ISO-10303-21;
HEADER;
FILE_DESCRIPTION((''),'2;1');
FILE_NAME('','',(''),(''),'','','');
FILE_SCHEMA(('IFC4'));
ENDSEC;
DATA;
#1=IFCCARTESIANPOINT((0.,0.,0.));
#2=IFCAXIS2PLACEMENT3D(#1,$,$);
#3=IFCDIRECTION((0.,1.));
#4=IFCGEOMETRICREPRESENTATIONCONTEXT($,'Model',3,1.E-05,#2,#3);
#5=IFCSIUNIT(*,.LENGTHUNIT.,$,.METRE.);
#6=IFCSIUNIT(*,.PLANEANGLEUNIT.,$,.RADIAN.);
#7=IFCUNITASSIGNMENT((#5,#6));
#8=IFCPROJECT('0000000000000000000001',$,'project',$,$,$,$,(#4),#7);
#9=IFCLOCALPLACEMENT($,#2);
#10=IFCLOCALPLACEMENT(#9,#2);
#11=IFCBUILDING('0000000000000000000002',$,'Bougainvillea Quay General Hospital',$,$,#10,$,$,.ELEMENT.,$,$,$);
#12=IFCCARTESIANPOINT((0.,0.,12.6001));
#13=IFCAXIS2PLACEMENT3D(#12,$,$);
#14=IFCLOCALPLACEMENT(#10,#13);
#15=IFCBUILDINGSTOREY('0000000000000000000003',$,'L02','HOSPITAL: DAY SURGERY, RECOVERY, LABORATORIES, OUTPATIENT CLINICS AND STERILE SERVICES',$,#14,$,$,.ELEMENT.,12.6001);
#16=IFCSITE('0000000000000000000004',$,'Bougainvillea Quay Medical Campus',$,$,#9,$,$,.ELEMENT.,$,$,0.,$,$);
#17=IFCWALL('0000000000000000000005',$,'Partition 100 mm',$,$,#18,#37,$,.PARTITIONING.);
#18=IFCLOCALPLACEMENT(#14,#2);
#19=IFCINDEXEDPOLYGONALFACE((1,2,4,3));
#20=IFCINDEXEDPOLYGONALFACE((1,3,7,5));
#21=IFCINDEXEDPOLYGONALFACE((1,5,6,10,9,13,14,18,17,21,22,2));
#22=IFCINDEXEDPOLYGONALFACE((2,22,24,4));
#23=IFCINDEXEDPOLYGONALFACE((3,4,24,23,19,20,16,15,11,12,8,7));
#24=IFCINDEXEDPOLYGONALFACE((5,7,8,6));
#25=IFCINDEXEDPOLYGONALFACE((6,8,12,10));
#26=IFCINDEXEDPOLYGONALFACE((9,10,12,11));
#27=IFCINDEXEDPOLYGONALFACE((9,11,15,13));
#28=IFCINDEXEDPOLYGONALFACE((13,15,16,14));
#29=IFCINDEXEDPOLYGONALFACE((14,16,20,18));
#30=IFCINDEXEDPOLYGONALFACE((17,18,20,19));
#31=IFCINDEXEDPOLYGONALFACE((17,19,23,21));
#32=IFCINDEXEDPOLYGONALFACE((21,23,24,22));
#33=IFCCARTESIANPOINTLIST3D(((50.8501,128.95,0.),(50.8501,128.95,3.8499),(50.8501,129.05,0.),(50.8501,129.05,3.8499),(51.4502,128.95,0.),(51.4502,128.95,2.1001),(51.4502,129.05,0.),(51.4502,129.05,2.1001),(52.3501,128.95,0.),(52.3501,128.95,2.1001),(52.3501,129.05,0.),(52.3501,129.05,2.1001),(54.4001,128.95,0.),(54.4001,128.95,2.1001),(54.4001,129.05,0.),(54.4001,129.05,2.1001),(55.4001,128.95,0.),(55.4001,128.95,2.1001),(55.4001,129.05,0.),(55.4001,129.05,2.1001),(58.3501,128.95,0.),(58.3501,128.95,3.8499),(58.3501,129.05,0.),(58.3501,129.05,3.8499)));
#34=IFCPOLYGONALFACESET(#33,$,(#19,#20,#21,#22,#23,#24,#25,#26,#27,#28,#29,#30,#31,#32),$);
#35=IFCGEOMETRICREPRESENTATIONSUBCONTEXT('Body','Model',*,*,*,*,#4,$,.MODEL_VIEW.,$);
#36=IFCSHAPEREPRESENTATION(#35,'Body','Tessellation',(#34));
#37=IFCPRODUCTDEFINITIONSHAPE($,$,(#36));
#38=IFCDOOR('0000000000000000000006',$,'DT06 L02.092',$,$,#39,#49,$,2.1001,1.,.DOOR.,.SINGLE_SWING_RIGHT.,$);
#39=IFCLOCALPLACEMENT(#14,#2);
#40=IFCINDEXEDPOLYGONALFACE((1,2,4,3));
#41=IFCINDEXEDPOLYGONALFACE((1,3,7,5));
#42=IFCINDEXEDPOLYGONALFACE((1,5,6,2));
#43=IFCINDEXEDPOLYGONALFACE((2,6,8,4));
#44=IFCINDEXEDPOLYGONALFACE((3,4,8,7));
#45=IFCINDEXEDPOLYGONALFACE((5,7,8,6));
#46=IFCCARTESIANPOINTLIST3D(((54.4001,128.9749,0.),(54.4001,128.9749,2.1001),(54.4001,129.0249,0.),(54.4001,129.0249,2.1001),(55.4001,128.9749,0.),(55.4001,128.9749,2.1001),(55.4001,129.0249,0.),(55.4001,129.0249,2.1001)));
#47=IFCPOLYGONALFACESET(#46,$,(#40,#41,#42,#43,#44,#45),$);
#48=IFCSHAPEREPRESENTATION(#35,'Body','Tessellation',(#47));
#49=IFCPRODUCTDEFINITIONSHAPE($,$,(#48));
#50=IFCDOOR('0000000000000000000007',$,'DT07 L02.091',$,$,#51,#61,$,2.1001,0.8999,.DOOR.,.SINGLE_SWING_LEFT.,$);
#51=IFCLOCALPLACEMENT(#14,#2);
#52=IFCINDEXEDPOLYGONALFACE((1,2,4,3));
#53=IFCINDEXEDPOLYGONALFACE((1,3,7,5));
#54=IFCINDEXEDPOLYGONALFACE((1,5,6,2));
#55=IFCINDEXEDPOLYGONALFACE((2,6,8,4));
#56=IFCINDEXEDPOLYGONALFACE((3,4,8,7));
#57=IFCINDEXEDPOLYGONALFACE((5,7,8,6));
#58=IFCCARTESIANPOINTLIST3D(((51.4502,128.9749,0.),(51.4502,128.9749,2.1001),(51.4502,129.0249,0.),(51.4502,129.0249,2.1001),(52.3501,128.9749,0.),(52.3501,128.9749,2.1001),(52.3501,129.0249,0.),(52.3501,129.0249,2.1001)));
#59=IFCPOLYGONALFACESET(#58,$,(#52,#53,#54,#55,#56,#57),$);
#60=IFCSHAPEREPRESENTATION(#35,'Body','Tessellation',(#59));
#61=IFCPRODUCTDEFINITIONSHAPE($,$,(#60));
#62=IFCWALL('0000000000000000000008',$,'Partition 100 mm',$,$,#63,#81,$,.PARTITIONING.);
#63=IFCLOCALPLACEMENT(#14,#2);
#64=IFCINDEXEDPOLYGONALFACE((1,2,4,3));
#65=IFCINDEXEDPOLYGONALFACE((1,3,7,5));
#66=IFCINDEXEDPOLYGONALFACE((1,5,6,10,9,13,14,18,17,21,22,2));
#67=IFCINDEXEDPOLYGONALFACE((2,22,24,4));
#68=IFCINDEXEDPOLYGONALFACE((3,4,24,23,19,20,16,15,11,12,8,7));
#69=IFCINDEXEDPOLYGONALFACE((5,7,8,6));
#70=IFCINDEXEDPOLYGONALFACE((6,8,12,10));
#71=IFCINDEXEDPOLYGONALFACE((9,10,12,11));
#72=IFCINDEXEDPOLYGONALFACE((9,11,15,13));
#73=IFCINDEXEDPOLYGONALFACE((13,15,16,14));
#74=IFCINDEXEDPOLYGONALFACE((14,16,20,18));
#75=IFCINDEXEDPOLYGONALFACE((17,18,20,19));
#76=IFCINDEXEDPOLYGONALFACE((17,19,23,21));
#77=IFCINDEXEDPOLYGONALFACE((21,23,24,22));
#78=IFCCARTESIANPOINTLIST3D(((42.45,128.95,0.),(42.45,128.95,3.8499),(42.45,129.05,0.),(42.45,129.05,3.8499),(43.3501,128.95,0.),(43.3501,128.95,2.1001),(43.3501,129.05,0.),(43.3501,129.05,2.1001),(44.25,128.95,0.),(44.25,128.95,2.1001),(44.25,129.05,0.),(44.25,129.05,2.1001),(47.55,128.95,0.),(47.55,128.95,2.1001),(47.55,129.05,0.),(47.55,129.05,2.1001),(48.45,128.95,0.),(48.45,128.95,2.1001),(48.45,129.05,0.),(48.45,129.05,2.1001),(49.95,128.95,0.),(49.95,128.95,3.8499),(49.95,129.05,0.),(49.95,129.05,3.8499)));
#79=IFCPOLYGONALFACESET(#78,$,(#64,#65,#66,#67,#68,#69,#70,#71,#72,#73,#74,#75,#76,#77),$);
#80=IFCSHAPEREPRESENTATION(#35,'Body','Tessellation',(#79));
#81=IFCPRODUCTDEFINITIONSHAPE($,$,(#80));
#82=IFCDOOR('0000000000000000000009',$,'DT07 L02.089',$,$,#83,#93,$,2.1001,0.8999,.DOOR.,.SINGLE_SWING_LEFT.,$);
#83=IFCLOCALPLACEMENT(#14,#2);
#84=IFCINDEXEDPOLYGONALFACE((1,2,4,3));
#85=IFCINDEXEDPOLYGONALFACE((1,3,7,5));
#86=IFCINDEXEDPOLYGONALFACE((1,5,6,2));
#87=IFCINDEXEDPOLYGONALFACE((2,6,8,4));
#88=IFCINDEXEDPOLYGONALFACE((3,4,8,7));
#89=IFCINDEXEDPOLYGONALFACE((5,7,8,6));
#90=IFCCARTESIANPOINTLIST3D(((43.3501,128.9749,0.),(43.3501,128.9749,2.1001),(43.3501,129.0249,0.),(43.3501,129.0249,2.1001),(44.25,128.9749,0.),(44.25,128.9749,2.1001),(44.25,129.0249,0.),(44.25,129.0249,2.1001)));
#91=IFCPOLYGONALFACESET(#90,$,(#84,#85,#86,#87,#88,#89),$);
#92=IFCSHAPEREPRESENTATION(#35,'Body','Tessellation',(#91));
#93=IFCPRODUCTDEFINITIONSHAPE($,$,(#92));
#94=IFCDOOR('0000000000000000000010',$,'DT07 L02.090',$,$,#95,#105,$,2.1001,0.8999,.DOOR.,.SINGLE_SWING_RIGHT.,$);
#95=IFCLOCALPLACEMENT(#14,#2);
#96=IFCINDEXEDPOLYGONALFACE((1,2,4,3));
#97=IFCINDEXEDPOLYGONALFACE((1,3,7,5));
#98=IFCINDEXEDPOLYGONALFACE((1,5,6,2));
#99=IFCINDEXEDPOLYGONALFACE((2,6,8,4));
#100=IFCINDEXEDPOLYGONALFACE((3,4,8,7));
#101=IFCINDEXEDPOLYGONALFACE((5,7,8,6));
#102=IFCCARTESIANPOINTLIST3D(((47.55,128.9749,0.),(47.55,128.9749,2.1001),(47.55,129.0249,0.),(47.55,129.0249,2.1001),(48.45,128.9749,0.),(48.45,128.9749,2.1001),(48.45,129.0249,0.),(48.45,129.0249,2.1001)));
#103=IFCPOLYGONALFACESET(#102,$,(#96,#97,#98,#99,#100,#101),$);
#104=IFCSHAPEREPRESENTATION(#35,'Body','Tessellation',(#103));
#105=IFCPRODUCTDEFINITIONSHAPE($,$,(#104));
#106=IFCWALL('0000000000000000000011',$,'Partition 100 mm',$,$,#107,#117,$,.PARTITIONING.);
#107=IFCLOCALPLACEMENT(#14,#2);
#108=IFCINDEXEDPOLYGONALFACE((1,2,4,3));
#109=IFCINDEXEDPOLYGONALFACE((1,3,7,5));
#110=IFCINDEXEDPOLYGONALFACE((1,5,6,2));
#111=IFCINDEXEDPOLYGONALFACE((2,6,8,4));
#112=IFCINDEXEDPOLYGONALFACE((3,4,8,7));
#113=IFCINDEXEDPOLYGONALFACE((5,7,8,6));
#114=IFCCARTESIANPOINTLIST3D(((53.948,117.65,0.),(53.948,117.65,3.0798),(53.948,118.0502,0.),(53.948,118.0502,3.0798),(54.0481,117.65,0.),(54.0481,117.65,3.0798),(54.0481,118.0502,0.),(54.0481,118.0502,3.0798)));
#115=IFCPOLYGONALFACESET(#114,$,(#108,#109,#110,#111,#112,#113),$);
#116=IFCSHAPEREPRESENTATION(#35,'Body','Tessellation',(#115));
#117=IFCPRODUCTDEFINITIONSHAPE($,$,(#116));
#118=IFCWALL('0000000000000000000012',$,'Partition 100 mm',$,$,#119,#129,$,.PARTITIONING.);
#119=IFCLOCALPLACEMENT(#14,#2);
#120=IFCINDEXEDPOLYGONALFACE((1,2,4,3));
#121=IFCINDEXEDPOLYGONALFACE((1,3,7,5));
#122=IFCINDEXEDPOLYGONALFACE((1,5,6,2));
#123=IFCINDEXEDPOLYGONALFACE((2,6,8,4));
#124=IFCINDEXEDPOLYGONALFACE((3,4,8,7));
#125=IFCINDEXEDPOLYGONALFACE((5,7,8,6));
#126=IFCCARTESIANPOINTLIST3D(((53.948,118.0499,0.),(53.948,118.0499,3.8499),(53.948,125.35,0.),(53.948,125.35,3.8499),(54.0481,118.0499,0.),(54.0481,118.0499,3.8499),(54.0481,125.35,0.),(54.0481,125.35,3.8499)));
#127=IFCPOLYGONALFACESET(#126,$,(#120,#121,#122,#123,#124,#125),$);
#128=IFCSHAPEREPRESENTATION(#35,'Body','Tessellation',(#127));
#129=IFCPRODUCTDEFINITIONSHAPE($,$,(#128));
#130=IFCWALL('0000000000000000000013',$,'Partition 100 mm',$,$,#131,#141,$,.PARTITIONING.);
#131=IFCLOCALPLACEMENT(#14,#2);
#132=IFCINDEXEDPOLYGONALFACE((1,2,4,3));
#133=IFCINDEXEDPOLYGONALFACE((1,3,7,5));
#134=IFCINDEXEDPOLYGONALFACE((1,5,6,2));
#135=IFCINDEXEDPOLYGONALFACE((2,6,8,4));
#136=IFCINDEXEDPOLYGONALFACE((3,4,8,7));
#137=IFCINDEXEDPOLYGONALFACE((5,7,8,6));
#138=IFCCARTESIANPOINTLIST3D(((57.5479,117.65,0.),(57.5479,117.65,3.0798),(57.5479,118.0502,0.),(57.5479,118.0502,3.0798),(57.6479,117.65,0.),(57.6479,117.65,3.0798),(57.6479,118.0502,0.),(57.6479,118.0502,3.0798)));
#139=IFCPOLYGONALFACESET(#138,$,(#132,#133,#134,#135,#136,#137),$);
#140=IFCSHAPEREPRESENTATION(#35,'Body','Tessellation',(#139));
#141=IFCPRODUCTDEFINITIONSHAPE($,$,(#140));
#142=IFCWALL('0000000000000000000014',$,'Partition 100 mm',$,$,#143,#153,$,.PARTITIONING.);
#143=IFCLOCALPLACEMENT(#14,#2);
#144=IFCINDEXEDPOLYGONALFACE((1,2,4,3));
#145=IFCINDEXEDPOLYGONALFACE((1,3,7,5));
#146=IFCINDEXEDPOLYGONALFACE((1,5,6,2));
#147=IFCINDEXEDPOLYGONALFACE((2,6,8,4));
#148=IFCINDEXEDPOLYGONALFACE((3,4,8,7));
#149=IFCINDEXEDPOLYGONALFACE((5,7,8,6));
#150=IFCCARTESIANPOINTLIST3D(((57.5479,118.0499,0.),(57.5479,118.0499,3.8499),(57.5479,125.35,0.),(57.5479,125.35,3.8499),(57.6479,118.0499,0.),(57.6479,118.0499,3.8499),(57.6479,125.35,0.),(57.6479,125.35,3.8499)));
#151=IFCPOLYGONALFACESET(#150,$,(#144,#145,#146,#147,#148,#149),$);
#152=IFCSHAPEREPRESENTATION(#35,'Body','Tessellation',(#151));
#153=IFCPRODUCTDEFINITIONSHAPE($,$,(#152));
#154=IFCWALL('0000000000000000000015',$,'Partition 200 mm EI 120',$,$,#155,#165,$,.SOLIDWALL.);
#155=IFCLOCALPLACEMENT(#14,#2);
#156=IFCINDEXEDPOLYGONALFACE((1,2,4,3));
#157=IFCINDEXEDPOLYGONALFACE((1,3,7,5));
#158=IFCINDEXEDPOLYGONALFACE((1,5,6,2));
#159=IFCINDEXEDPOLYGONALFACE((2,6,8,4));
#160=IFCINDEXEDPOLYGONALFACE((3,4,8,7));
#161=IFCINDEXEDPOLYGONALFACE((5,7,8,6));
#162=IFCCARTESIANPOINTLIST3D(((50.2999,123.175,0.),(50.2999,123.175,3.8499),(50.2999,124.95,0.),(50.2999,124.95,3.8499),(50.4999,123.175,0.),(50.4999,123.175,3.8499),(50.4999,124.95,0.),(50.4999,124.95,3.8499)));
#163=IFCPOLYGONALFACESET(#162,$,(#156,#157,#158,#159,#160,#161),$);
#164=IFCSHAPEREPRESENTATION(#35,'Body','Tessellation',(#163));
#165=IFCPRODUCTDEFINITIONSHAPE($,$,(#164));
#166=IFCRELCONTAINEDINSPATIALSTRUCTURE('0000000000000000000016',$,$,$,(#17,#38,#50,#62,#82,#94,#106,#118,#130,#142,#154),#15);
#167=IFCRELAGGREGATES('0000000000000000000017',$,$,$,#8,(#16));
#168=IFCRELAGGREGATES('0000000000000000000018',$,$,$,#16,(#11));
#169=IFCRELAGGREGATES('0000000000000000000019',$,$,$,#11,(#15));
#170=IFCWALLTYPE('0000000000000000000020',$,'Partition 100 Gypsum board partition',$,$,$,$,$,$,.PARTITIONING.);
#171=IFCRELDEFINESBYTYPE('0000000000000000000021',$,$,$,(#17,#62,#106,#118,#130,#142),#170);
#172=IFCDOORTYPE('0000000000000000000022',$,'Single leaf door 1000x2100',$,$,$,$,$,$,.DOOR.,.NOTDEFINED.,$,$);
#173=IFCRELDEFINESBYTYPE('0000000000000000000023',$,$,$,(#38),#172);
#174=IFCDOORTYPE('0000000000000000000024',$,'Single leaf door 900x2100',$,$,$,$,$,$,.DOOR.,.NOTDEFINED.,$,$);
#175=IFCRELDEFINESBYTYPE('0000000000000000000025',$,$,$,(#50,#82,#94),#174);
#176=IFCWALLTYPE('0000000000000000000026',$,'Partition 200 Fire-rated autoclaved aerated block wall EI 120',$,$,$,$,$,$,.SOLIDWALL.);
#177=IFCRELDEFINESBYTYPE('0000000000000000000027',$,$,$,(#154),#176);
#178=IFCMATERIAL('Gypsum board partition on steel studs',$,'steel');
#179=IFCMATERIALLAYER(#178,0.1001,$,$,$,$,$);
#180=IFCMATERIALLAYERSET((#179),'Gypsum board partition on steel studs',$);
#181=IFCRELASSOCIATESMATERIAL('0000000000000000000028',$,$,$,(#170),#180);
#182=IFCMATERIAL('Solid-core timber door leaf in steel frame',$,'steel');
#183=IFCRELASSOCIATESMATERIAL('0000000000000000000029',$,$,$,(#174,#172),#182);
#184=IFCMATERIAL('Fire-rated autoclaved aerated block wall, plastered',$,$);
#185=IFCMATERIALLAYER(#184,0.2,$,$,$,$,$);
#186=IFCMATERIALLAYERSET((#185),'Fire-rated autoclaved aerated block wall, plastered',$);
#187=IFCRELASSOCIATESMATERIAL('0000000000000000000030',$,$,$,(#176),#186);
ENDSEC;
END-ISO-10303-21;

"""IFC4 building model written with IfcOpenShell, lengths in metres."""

from ifc_helpers import new_model, si_unit, direction, frame, frame_2d, origin, place, context, subcontext, project, spatial, rectangle, extrude, material, layer, layer_set, type_object, element, fill, save


model = new_model("IFC4")

# Units and contexts
model_context = context("Model", 3, precision=1e-05, world=origin(), true_north=direction((0.0, 1.0)))
body_context = subcontext(model_context, "Body", "Model", "MODEL_VIEW")
ifc_project = project(units=[si_unit("LENGTHUNIT", "METRE"), si_unit("PLANEANGLEUNIT", "RADIAN")], contexts=[model_context])

# Site, building, storey
site_placement = place(None, origin())
site = spatial("IfcSite", under=ifc_project, at=site_placement, Name="Bougainvillea Quay Medical Campus", CompositionType="ELEMENT", RefElevation=0.0)
building_placement = place(site_placement, origin())
building = spatial("IfcBuilding", under=site, at=building_placement, Name="Bougainvillea Quay General Hospital", CompositionType="ELEMENT")
storey_placement = place(building_placement, frame((0.0, 0.0, 12.6001)))
storey = spatial("IfcBuildingStorey", under=building, at=storey_placement, Name="L02", Description="HOSPITAL: DAY SURGERY, RECOVERY, LABORATORIES, OUTPATIENT CLINICS AND STERILE SERVICES", CompositionType="ELEMENT", Elevation=12.6001)

# Shared definitions
ifc_material_1 = material(Name="Gypsum board partition on steel studs", Category="steel")
ifc_layer_1 = layer(ifc_material_1, 0.1001)
ifc_layer_set_1 = layer_set([ifc_layer_1], Name="Gypsum board partition on steel studs")
wall_type_1 = type_object("IfcWallType", Name="Partition 100 Gypsum board partition", PredefinedType="PARTITIONING", material=ifc_layer_set_1)

# Walls, openings, doors
ifc_material_2 = material(Name="Solid-core timber door leaf in steel frame", Category="steel")
door_type_1 = type_object("IfcDoorType", Name="Single leaf door 900x2100", OperationType="NOTDEFINED", PredefinedType="DOOR", material=ifc_material_2)
wall_1_placement = place(storey_placement, frame((58.3501, 129.0, 0.0), z_axis=(0.0, 0.0, 1.0), x_axis=(-1.0, 0.0, 0.0)))
wall_1 = element("IfcWall", 1, at=wall_1_placement, inside=storey, type_object=wall_type_1, Name="Partition 100 mm", PredefinedType="PARTITIONING", context=body_context, shape_type="SweptSolid", body=[
    extrude(rectangle(XDim=7.5, YDim=0.1001, at=frame_2d((3.75, 0.0))), origin(), (0.0, 0.0, 1.0), 3.8499),
])
opening_1_placement = place(wall_1_placement, frame((6.0, 0.0, 0.0)))
opening_1 = element("IfcOpeningElement", 2, at=opening_1_placement, cuts=wall_1, PredefinedType="OPENING", context=body_context, shape_type="SweptSolid", body=[
    extrude(rectangle(XDim=0.8999, YDim=2.1001, at=frame_2d((0.45, 1.05))), frame((0.0, 0.0601, 0.0), z_axis=(0.0, -1.0, 0.0), x_axis=(1.0, 0.0, 0.0)), (0.0, 0.0, 1.0), 0.1201),
])
opening_2_placement = place(wall_1_placement, frame((2.95, 0.0, 0.0)))
opening_2 = element("IfcOpeningElement", 3, at=opening_2_placement, cuts=wall_1, PredefinedType="OPENING", context=body_context, shape_type="SweptSolid", body=[
    extrude(rectangle(XDim=1.0, YDim=2.1001, at=frame_2d((0.5, 1.05))), frame((0.0, 0.0601, 0.0), z_axis=(0.0, -1.0, 0.0), x_axis=(1.0, 0.0, 0.0)), (0.0, 0.0, 1.0), 0.1201),
])
door_type_2 = type_object("IfcDoorType", Name="Single leaf door 1000x2100", OperationType="NOTDEFINED", PredefinedType="DOOR", material=ifc_material_2)
door_1_placement = place(opening_2_placement, frame((1.0, 0.0, 0.0), z_axis=(0.0, 0.0, 1.0), x_axis=(-1.0, 0.0, 0.0)))
door_1 = element("IfcDoor", 4, at=door_1_placement, inside=storey, type_object=door_type_2, Name="DT06 L02.092", OperationType="SINGLE_SWING_RIGHT", OverallHeight=2.1001, OverallWidth=1.0, PredefinedType="DOOR", context=body_context, shape_type="SweptSolid", body=[
    extrude(rectangle(XDim=1.0, YDim=2.1001, at=frame_2d((0.5, 1.05))), frame((0.0, 0.0249, 0.0), z_axis=(0.0, -1.0, 0.0), x_axis=(1.0, 0.0, 0.0)), (0.0, 0.0, 1.0), 0.05),
])
fill(opening_2, door_1)
door_2_placement = place(opening_1_placement, frame((0.8999, 0.0, 0.0), z_axis=(0.0, 0.0, 1.0), x_axis=(-1.0, 0.0, 0.0)))
door_2 = element("IfcDoor", 5, at=door_2_placement, inside=storey, type_object=door_type_1, Name="DT07 L02.091", OperationType="SINGLE_SWING_LEFT", OverallHeight=2.1001, OverallWidth=0.8999, PredefinedType="DOOR", context=body_context, shape_type="SweptSolid", body=[
    extrude(rectangle(XDim=0.8999, YDim=2.1001, at=frame_2d((0.45, 1.05))), frame((0.0, 0.0249, 0.0), z_axis=(0.0, -1.0, 0.0), x_axis=(1.0, 0.0, 0.0)), (0.0, 0.0, 1.0), 0.05),
])
fill(opening_1, door_2)
wall_2_placement = place(storey_placement, frame((49.95, 129.0, 0.0), z_axis=(0.0, 0.0, 1.0), x_axis=(-1.0, 0.0, 0.0)))
wall_2 = element("IfcWall", 6, at=wall_2_placement, inside=storey, type_object=wall_type_1, Name="Partition 100 mm", PredefinedType="PARTITIONING", context=body_context, shape_type="SweptSolid", body=[
    extrude(rectangle(XDim=7.5, YDim=0.1001, at=frame_2d((3.75, 0.0))), origin(), (0.0, 0.0, 1.0), 3.8499),
])
opening_3_placement = place(wall_2_placement, frame((5.7, 0.0, 0.0)))
opening_3 = element("IfcOpeningElement", 7, at=opening_3_placement, cuts=wall_2, PredefinedType="OPENING", context=body_context, shape_type="SweptSolid", body=[
    extrude(rectangle(XDim=0.8999, YDim=2.1001, at=frame_2d((0.45, 1.05))), frame((0.0, 0.0601, 0.0), z_axis=(0.0, -1.0, 0.0), x_axis=(1.0, 0.0, 0.0)), (0.0, 0.0, 1.0), 0.1201),
])
opening_4_placement = place(wall_2_placement, frame((1.5, 0.0, 0.0)))
opening_4 = element("IfcOpeningElement", 8, at=opening_4_placement, cuts=wall_2, PredefinedType="OPENING", context=body_context, shape_type="SweptSolid", body=[
    extrude(rectangle(XDim=0.8999, YDim=2.1001, at=frame_2d((0.45, 1.05))), frame((0.0, 0.0601, 0.0), z_axis=(0.0, -1.0, 0.0), x_axis=(1.0, 0.0, 0.0)), (0.0, 0.0, 1.0), 0.1201),
])
door_3_placement = place(opening_3_placement, frame((0.8999, 0.0, 0.0), z_axis=(0.0, 0.0, 1.0), x_axis=(-1.0, 0.0, 0.0)))
door_3 = element("IfcDoor", 9, at=door_3_placement, inside=storey, type_object=door_type_1, Name="DT07 L02.089", OperationType="SINGLE_SWING_LEFT", OverallHeight=2.1001, OverallWidth=0.8999, PredefinedType="DOOR", context=body_context, shape_type="SweptSolid", body=[
    extrude(rectangle(XDim=0.8999, YDim=2.1001, at=frame_2d((0.45, 1.05))), frame((0.0, 0.0249, 0.0), z_axis=(0.0, -1.0, 0.0), x_axis=(1.0, 0.0, 0.0)), (0.0, 0.0, 1.0), 0.05),
])
fill(opening_3, door_3)
door_4_placement = place(opening_4_placement, frame((0.8999, 0.0, 0.0), z_axis=(0.0, 0.0, 1.0), x_axis=(-1.0, 0.0, 0.0)))
door_4 = element("IfcDoor", 10, at=door_4_placement, inside=storey, type_object=door_type_1, Name="DT07 L02.090", OperationType="SINGLE_SWING_RIGHT", OverallHeight=2.1001, OverallWidth=0.8999, PredefinedType="DOOR", context=body_context, shape_type="SweptSolid", body=[
    extrude(rectangle(XDim=0.8999, YDim=2.1001, at=frame_2d((0.45, 1.05))), frame((0.0, 0.0249, 0.0), z_axis=(0.0, -1.0, 0.0), x_axis=(1.0, 0.0, 0.0)), (0.0, 0.0, 1.0), 0.05),
])
fill(opening_4, door_4)

# Walls
wall_3_placement = place(storey_placement, frame((53.998, 117.6499, 0.0), z_axis=(0.0, 0.0, 1.0), x_axis=(0.0, 1.0, 0.0)))
element("IfcWall", 11, at=wall_3_placement, inside=storey, type_object=wall_type_1, Name="Partition 100 mm", PredefinedType="PARTITIONING", context=body_context, shape_type="SweptSolid", body=[
    extrude(rectangle(XDim=0.4001, YDim=0.1001, at=frame_2d((0.2002, 0.0))), origin(), (0.0, 0.0, 1.0), 3.0798),
])
wall_4_placement = place(storey_placement, frame((53.998, 118.05, 0.0), z_axis=(0.0, 0.0, 1.0), x_axis=(0.0, 1.0, 0.0)))
element("IfcWall", 12, at=wall_4_placement, inside=storey, type_object=wall_type_1, Name="Partition 100 mm", PredefinedType="PARTITIONING", context=body_context, shape_type="SweptSolid", body=[
    extrude(rectangle(XDim=7.3, YDim=0.1001, at=frame_2d((3.6499, 0.0))), origin(), (0.0, 0.0, 1.0), 3.8499),
])
wall_5_placement = place(storey_placement, frame((57.5979, 117.6499, 0.0), z_axis=(0.0, 0.0, 1.0), x_axis=(0.0, 1.0, 0.0)))
element("IfcWall", 13, at=wall_5_placement, inside=storey, type_object=wall_type_1, Name="Partition 100 mm", PredefinedType="PARTITIONING", context=body_context, shape_type="SweptSolid", body=[
    extrude(rectangle(XDim=0.4001, YDim=0.1001, at=frame_2d((0.2002, 0.0))), origin(), (0.0, 0.0, 1.0), 3.0798),
])
wall_6_placement = place(storey_placement, frame((57.5979, 118.05, 0.0), z_axis=(0.0, 0.0, 1.0), x_axis=(0.0, 1.0, 0.0)))
element("IfcWall", 14, at=wall_6_placement, inside=storey, type_object=wall_type_1, Name="Partition 100 mm", PredefinedType="PARTITIONING", context=body_context, shape_type="SweptSolid", body=[
    extrude(rectangle(XDim=7.3, YDim=0.1001, at=frame_2d((3.6499, 0.0))), origin(), (0.0, 0.0, 1.0), 3.8499),
])
ifc_material_3 = material(Name="Fire-rated autoclaved aerated block wall, plastered")
ifc_layer_2 = layer(ifc_material_3, 0.2)
ifc_layer_set_2 = layer_set([ifc_layer_2], Name="Fire-rated autoclaved aerated block wall, plastered")
wall_type_2 = type_object("IfcWallType", Name="Partition 200 Fire-rated autoclaved aerated block wall EI 120", PredefinedType="SOLIDWALL", material=ifc_layer_set_2)
wall_7_placement = place(storey_placement, frame((50.3999, 123.175, 0.0), z_axis=(0.0, 0.0, 1.0), x_axis=(0.0, 1.0, 0.0)))
element("IfcWall", 15, at=wall_7_placement, inside=storey, type_object=wall_type_2, Name="Partition 200 mm EI 120", PredefinedType="SOLIDWALL", context=body_context, shape_type="SweptSolid", body=[
    extrude(rectangle(XDim=1.7749, YDim=0.2, at=frame_2d((0.8875, 0.0))), origin(), (0.0, 0.0, 1.0), 3.8499),
])

save(model, "model.ifc")
